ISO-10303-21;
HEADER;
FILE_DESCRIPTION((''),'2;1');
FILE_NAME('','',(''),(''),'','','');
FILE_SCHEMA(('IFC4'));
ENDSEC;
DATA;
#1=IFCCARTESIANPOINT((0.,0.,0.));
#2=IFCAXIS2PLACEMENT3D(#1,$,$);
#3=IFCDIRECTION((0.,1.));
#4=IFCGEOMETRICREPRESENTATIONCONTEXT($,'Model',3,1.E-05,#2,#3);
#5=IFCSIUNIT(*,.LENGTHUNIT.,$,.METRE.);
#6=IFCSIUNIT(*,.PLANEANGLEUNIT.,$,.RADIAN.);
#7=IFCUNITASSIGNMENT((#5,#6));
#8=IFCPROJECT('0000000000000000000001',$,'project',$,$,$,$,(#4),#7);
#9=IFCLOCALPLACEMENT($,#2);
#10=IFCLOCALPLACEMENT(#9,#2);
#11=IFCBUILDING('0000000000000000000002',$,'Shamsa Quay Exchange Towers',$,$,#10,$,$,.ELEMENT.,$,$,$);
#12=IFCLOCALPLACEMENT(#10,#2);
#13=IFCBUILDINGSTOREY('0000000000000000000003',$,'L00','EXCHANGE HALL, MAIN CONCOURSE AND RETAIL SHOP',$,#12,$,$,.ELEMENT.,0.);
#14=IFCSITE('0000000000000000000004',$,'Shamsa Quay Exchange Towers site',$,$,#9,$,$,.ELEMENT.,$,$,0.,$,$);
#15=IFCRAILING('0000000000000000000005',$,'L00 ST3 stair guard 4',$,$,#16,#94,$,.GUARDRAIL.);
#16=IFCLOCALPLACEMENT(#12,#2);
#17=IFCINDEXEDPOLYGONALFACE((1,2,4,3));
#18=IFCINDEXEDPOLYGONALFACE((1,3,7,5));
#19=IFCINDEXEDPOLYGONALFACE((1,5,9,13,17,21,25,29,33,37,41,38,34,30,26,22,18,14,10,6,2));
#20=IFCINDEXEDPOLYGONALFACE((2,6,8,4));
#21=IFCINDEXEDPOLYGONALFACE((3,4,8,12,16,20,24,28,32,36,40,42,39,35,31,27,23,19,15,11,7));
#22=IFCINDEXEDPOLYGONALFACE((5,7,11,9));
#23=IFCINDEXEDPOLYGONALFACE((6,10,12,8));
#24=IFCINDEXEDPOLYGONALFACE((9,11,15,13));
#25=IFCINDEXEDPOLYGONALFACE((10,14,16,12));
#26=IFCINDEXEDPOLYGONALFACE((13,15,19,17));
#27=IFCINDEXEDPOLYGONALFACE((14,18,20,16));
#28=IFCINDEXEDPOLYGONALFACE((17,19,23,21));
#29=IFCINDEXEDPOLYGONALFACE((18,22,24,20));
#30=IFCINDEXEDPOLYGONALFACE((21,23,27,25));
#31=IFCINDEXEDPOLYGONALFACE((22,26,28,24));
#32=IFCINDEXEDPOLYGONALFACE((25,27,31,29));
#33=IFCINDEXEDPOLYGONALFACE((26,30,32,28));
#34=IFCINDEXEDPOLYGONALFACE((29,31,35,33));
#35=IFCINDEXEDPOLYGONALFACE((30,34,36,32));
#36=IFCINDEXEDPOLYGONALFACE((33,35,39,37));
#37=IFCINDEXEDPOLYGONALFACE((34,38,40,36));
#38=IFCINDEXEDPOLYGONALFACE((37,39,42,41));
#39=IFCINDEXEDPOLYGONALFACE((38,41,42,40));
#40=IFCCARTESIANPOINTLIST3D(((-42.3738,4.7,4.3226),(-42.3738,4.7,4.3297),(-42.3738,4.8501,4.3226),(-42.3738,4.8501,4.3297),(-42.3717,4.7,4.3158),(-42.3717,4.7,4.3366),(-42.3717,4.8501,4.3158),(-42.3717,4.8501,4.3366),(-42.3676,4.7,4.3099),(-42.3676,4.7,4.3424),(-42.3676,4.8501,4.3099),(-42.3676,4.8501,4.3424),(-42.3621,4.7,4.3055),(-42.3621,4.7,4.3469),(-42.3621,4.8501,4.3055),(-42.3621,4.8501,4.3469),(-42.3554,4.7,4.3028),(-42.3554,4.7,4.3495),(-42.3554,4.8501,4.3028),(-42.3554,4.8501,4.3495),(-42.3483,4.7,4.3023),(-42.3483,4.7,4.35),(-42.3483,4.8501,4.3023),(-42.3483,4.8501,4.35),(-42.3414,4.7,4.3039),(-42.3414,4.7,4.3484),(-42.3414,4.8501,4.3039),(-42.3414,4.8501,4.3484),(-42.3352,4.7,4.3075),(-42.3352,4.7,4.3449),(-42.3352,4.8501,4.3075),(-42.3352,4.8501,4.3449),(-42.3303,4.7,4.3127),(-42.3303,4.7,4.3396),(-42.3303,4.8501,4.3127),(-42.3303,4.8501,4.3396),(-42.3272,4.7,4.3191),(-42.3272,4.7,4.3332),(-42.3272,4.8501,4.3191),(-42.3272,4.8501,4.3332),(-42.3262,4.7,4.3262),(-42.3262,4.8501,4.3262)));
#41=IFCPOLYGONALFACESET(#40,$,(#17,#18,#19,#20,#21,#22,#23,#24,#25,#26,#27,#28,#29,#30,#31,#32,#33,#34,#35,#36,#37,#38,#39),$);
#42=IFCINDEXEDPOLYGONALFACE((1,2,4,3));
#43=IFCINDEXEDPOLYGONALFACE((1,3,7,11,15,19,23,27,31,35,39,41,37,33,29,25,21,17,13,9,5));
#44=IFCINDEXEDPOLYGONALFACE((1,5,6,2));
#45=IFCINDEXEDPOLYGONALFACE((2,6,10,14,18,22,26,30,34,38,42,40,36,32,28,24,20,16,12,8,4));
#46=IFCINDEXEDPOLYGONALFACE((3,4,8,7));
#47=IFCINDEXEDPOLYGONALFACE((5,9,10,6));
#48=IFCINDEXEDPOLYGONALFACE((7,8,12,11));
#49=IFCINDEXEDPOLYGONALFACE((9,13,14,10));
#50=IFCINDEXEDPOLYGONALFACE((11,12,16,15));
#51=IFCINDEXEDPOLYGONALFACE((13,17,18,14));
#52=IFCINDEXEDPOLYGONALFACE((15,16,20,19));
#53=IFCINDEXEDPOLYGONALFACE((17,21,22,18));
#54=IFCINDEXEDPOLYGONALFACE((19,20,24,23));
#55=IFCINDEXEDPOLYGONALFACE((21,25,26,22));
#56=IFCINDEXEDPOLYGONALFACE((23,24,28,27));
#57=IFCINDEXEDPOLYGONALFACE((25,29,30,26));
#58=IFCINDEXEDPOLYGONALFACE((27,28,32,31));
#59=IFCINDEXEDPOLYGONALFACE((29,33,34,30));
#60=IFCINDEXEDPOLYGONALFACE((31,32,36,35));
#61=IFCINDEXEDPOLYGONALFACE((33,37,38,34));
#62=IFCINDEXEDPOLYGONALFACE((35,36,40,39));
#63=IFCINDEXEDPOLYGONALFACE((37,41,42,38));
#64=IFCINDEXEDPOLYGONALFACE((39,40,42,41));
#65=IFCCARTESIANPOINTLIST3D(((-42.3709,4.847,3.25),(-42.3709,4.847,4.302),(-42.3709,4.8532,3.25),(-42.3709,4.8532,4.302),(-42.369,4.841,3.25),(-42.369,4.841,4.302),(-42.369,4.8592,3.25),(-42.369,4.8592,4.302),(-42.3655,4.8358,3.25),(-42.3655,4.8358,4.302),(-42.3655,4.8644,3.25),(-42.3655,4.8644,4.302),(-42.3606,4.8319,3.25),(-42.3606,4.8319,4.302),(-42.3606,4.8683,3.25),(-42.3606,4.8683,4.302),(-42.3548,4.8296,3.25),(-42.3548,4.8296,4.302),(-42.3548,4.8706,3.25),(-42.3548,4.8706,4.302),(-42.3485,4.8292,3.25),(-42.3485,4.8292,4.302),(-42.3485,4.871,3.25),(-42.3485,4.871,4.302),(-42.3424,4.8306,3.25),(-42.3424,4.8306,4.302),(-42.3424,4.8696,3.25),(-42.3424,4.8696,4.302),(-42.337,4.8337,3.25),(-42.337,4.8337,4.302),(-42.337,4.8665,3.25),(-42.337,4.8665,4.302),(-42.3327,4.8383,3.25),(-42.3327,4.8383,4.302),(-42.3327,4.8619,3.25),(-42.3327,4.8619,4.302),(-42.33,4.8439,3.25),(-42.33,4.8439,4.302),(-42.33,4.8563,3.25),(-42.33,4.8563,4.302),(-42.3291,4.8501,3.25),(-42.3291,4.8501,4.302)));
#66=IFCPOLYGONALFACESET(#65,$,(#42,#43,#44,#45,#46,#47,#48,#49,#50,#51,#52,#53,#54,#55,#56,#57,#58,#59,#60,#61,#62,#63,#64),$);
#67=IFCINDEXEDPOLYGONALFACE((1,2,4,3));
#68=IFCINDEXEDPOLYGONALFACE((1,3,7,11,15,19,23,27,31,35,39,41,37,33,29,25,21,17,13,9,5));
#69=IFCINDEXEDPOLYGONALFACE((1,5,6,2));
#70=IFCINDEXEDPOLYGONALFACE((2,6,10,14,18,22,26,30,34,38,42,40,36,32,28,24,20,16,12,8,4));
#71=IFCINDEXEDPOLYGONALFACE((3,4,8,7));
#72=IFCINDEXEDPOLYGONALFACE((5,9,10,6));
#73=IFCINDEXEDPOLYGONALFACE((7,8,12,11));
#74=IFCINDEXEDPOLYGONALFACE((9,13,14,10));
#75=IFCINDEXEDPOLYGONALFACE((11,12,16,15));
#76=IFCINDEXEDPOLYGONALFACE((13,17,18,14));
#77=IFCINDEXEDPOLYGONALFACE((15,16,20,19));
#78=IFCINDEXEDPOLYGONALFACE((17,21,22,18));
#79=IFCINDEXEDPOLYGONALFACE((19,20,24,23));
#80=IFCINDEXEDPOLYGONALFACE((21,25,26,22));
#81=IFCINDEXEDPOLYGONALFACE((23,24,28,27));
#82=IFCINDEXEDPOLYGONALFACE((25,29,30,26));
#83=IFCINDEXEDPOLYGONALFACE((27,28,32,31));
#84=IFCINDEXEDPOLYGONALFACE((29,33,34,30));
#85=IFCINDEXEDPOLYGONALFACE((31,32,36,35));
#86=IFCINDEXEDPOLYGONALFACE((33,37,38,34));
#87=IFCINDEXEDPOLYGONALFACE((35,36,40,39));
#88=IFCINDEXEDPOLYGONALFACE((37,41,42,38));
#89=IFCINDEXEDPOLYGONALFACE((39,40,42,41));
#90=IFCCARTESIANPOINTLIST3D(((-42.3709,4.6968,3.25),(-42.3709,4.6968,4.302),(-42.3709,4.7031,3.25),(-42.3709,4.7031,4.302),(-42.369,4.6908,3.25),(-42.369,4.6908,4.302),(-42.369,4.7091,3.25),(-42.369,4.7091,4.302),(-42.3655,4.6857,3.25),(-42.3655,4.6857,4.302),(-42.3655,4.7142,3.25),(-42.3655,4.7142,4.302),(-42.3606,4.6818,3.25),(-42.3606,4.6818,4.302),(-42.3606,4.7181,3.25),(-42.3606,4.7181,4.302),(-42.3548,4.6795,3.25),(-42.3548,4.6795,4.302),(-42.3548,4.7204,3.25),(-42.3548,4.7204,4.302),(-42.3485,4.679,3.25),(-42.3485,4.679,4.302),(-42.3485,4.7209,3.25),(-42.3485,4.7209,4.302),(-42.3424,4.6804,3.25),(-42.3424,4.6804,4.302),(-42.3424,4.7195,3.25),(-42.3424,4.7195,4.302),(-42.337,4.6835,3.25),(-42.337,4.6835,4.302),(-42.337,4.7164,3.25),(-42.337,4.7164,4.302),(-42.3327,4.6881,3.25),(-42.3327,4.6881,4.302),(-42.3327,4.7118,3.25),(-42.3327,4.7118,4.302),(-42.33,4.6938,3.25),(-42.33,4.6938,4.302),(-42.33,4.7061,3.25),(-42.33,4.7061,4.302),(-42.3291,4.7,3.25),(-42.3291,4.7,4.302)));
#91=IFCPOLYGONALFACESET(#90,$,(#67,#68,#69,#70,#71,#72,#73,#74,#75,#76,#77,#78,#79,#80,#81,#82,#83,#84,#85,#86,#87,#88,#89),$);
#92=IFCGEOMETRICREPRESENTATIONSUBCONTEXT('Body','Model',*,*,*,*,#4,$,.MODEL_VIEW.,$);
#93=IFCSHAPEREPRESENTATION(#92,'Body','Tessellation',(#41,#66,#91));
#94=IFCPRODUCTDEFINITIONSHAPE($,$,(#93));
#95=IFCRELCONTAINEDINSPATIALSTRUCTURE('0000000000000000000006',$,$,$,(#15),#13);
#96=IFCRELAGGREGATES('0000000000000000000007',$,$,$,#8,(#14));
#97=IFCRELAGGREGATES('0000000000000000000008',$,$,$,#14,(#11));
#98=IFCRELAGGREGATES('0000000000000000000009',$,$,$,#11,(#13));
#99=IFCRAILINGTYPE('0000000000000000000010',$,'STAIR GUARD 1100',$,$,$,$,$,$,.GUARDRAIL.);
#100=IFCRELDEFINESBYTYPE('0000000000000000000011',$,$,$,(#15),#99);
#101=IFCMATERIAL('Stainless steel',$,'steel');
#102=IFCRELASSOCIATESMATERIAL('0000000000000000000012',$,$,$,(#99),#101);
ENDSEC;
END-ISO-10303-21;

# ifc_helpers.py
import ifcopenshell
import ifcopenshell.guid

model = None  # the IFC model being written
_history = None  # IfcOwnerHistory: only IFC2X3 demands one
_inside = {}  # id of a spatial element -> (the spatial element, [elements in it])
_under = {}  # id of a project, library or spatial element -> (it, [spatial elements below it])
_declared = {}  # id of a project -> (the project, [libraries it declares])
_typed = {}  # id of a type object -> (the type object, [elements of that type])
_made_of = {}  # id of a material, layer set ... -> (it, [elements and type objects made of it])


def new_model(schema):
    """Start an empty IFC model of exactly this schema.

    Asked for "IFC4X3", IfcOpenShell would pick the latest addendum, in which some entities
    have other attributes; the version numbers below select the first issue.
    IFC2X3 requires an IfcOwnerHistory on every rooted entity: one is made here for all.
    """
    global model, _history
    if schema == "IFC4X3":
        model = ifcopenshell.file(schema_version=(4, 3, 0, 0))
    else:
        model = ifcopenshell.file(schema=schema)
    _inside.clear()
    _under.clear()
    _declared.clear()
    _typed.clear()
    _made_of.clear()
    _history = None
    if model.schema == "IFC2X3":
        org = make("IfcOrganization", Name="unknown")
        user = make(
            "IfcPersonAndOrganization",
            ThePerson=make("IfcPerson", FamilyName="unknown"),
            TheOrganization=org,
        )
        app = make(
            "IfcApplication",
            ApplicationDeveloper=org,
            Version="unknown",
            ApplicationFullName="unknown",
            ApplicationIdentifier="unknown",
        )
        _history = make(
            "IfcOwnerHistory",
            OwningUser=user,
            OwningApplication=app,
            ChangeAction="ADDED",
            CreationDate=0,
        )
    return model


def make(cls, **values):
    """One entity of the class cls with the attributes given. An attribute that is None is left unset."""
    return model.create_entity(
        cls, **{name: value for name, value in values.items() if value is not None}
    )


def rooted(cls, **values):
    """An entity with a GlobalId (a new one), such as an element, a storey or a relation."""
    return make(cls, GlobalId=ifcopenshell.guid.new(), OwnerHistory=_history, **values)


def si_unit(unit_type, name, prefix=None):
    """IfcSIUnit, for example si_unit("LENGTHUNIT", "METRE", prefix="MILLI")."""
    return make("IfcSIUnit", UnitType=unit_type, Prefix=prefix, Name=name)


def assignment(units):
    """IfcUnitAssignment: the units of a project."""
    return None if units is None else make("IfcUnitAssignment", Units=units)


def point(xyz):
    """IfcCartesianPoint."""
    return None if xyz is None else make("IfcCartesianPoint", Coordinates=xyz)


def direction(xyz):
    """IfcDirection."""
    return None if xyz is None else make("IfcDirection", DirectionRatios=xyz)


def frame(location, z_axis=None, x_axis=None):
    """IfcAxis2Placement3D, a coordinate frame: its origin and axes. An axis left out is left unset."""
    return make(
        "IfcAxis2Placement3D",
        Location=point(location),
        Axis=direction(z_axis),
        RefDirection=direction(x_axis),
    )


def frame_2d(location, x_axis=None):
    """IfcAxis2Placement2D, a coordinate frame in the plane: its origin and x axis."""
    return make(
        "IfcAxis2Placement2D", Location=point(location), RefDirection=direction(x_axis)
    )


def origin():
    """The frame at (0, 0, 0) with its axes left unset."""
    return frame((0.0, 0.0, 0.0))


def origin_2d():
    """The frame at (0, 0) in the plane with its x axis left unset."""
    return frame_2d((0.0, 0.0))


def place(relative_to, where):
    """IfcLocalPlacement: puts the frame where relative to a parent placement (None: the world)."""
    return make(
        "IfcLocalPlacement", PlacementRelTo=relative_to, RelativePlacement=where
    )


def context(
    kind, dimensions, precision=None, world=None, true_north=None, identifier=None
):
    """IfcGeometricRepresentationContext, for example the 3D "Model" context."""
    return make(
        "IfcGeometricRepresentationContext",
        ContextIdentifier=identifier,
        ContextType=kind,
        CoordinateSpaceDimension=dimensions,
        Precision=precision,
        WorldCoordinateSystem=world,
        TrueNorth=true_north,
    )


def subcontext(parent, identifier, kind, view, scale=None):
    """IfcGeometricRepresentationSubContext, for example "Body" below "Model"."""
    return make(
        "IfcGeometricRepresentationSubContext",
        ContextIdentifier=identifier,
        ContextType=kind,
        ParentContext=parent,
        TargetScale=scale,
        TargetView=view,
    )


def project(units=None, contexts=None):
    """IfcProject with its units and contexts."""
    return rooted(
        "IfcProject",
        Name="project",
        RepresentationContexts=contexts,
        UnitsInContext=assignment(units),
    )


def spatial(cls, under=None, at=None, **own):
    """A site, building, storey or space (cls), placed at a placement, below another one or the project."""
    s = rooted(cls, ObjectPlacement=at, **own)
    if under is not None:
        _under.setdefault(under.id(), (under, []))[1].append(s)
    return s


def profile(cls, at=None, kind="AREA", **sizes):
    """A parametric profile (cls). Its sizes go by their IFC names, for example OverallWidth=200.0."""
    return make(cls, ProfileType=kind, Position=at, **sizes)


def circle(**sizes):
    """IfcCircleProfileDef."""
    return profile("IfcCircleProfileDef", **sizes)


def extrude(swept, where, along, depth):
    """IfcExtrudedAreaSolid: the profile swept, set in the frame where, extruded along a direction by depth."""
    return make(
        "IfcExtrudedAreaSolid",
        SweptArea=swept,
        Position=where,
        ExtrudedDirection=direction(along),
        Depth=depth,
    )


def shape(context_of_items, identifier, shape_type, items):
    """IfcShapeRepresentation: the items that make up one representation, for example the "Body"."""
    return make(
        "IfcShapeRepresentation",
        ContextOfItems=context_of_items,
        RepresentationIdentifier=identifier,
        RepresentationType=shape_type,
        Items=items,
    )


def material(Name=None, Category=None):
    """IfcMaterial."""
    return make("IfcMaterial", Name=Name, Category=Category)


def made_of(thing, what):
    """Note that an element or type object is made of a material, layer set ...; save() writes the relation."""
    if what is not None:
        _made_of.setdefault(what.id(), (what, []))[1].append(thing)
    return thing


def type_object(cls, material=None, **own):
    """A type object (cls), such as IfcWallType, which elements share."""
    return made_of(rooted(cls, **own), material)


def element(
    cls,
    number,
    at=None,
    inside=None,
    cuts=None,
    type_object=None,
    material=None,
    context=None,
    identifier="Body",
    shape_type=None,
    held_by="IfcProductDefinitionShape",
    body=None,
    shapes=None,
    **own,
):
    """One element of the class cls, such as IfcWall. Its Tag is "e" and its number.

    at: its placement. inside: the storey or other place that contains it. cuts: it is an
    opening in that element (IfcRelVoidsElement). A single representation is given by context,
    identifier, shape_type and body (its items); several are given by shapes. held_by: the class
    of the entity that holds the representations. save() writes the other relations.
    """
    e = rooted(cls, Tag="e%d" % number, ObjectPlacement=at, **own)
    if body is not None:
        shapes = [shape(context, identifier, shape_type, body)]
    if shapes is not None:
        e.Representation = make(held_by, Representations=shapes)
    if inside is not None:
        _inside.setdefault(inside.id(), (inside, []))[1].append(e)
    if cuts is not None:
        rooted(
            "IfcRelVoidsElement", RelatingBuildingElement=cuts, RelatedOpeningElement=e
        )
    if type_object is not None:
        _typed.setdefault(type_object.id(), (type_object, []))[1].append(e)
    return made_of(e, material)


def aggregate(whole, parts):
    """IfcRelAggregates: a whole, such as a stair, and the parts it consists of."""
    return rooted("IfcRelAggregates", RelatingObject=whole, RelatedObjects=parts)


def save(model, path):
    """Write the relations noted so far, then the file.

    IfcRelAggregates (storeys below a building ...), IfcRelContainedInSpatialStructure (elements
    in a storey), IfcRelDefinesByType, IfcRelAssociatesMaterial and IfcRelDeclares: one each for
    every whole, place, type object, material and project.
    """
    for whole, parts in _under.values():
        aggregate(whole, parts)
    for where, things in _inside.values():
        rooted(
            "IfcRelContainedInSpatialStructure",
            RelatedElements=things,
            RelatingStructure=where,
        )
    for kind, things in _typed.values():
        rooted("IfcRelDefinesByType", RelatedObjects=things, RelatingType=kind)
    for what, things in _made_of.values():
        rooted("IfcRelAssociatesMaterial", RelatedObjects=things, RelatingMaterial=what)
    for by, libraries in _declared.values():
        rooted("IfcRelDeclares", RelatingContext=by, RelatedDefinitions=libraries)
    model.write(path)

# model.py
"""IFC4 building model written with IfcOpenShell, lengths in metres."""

from ifc_helpers import new_model, si_unit, direction, frame, origin, origin_2d, place, context, subcontext, project, spatial, circle, extrude, material, type_object, element, save


model = new_model("IFC4")

# Units and contexts
model_context = context("Model", 3, precision=1e-05, world=origin(), true_north=direction((0.0, 1.0)))
body_context = subcontext(model_context, "Body", "Model", "MODEL_VIEW")
ifc_project = project(units=[si_unit("LENGTHUNIT", "METRE"), si_unit("PLANEANGLEUNIT", "RADIAN")], contexts=[model_context])

# Site, building, storey
site_placement = place(None, origin())
site = spatial("IfcSite", under=ifc_project, at=site_placement, Name="Shamsa Quay Exchange Towers site", CompositionType="ELEMENT", RefElevation=0.0)
building_placement = place(site_placement, origin())
building = spatial("IfcBuilding", under=site, at=building_placement, Name="Shamsa Quay Exchange Towers", CompositionType="ELEMENT")
storey_placement = place(building_placement, origin())
storey = spatial("IfcBuildingStorey", under=building, at=storey_placement, Name="L00", Description="EXCHANGE HALL, MAIN CONCOURSE AND RETAIL SHOP", CompositionType="ELEMENT", Elevation=0.0)

# Railing
ifc_material_1 = material(Name="Stainless steel", Category="steel")
railing_type_1 = type_object("IfcRailingType", Name="STAIR GUARD 1100", PredefinedType="GUARDRAIL", material=ifc_material_1)
railing_1_placement = place(storey_placement, frame((-42.3501, 4.8501, 3.25)))
element("IfcRailing", 1, at=railing_1_placement, inside=storey, type_object=railing_type_1, Name="L00 ST3 stair guard 4", PredefinedType="GUARDRAIL", context=body_context, shape_type="SweptSolid", body=[
    extrude(circle(Radius=0.0239, at=origin_2d()), frame((0.0, 0.0, 1.0762), z_axis=(0.0, -1.0, 0.0), x_axis=(1.0, 0.0, 0.0)), (0.0, 0.0, 1.0), 0.1501),
    extrude(circle(Radius=0.021, at=origin_2d()), origin(), (0.0, 0.0, 1.0), 1.052),
    extrude(circle(Radius=0.021, at=origin_2d()), frame((0.0, -0.1501, 0.0)), (0.0, 0.0, 1.0), 1.052),
])

save(model, "model.ifc")
